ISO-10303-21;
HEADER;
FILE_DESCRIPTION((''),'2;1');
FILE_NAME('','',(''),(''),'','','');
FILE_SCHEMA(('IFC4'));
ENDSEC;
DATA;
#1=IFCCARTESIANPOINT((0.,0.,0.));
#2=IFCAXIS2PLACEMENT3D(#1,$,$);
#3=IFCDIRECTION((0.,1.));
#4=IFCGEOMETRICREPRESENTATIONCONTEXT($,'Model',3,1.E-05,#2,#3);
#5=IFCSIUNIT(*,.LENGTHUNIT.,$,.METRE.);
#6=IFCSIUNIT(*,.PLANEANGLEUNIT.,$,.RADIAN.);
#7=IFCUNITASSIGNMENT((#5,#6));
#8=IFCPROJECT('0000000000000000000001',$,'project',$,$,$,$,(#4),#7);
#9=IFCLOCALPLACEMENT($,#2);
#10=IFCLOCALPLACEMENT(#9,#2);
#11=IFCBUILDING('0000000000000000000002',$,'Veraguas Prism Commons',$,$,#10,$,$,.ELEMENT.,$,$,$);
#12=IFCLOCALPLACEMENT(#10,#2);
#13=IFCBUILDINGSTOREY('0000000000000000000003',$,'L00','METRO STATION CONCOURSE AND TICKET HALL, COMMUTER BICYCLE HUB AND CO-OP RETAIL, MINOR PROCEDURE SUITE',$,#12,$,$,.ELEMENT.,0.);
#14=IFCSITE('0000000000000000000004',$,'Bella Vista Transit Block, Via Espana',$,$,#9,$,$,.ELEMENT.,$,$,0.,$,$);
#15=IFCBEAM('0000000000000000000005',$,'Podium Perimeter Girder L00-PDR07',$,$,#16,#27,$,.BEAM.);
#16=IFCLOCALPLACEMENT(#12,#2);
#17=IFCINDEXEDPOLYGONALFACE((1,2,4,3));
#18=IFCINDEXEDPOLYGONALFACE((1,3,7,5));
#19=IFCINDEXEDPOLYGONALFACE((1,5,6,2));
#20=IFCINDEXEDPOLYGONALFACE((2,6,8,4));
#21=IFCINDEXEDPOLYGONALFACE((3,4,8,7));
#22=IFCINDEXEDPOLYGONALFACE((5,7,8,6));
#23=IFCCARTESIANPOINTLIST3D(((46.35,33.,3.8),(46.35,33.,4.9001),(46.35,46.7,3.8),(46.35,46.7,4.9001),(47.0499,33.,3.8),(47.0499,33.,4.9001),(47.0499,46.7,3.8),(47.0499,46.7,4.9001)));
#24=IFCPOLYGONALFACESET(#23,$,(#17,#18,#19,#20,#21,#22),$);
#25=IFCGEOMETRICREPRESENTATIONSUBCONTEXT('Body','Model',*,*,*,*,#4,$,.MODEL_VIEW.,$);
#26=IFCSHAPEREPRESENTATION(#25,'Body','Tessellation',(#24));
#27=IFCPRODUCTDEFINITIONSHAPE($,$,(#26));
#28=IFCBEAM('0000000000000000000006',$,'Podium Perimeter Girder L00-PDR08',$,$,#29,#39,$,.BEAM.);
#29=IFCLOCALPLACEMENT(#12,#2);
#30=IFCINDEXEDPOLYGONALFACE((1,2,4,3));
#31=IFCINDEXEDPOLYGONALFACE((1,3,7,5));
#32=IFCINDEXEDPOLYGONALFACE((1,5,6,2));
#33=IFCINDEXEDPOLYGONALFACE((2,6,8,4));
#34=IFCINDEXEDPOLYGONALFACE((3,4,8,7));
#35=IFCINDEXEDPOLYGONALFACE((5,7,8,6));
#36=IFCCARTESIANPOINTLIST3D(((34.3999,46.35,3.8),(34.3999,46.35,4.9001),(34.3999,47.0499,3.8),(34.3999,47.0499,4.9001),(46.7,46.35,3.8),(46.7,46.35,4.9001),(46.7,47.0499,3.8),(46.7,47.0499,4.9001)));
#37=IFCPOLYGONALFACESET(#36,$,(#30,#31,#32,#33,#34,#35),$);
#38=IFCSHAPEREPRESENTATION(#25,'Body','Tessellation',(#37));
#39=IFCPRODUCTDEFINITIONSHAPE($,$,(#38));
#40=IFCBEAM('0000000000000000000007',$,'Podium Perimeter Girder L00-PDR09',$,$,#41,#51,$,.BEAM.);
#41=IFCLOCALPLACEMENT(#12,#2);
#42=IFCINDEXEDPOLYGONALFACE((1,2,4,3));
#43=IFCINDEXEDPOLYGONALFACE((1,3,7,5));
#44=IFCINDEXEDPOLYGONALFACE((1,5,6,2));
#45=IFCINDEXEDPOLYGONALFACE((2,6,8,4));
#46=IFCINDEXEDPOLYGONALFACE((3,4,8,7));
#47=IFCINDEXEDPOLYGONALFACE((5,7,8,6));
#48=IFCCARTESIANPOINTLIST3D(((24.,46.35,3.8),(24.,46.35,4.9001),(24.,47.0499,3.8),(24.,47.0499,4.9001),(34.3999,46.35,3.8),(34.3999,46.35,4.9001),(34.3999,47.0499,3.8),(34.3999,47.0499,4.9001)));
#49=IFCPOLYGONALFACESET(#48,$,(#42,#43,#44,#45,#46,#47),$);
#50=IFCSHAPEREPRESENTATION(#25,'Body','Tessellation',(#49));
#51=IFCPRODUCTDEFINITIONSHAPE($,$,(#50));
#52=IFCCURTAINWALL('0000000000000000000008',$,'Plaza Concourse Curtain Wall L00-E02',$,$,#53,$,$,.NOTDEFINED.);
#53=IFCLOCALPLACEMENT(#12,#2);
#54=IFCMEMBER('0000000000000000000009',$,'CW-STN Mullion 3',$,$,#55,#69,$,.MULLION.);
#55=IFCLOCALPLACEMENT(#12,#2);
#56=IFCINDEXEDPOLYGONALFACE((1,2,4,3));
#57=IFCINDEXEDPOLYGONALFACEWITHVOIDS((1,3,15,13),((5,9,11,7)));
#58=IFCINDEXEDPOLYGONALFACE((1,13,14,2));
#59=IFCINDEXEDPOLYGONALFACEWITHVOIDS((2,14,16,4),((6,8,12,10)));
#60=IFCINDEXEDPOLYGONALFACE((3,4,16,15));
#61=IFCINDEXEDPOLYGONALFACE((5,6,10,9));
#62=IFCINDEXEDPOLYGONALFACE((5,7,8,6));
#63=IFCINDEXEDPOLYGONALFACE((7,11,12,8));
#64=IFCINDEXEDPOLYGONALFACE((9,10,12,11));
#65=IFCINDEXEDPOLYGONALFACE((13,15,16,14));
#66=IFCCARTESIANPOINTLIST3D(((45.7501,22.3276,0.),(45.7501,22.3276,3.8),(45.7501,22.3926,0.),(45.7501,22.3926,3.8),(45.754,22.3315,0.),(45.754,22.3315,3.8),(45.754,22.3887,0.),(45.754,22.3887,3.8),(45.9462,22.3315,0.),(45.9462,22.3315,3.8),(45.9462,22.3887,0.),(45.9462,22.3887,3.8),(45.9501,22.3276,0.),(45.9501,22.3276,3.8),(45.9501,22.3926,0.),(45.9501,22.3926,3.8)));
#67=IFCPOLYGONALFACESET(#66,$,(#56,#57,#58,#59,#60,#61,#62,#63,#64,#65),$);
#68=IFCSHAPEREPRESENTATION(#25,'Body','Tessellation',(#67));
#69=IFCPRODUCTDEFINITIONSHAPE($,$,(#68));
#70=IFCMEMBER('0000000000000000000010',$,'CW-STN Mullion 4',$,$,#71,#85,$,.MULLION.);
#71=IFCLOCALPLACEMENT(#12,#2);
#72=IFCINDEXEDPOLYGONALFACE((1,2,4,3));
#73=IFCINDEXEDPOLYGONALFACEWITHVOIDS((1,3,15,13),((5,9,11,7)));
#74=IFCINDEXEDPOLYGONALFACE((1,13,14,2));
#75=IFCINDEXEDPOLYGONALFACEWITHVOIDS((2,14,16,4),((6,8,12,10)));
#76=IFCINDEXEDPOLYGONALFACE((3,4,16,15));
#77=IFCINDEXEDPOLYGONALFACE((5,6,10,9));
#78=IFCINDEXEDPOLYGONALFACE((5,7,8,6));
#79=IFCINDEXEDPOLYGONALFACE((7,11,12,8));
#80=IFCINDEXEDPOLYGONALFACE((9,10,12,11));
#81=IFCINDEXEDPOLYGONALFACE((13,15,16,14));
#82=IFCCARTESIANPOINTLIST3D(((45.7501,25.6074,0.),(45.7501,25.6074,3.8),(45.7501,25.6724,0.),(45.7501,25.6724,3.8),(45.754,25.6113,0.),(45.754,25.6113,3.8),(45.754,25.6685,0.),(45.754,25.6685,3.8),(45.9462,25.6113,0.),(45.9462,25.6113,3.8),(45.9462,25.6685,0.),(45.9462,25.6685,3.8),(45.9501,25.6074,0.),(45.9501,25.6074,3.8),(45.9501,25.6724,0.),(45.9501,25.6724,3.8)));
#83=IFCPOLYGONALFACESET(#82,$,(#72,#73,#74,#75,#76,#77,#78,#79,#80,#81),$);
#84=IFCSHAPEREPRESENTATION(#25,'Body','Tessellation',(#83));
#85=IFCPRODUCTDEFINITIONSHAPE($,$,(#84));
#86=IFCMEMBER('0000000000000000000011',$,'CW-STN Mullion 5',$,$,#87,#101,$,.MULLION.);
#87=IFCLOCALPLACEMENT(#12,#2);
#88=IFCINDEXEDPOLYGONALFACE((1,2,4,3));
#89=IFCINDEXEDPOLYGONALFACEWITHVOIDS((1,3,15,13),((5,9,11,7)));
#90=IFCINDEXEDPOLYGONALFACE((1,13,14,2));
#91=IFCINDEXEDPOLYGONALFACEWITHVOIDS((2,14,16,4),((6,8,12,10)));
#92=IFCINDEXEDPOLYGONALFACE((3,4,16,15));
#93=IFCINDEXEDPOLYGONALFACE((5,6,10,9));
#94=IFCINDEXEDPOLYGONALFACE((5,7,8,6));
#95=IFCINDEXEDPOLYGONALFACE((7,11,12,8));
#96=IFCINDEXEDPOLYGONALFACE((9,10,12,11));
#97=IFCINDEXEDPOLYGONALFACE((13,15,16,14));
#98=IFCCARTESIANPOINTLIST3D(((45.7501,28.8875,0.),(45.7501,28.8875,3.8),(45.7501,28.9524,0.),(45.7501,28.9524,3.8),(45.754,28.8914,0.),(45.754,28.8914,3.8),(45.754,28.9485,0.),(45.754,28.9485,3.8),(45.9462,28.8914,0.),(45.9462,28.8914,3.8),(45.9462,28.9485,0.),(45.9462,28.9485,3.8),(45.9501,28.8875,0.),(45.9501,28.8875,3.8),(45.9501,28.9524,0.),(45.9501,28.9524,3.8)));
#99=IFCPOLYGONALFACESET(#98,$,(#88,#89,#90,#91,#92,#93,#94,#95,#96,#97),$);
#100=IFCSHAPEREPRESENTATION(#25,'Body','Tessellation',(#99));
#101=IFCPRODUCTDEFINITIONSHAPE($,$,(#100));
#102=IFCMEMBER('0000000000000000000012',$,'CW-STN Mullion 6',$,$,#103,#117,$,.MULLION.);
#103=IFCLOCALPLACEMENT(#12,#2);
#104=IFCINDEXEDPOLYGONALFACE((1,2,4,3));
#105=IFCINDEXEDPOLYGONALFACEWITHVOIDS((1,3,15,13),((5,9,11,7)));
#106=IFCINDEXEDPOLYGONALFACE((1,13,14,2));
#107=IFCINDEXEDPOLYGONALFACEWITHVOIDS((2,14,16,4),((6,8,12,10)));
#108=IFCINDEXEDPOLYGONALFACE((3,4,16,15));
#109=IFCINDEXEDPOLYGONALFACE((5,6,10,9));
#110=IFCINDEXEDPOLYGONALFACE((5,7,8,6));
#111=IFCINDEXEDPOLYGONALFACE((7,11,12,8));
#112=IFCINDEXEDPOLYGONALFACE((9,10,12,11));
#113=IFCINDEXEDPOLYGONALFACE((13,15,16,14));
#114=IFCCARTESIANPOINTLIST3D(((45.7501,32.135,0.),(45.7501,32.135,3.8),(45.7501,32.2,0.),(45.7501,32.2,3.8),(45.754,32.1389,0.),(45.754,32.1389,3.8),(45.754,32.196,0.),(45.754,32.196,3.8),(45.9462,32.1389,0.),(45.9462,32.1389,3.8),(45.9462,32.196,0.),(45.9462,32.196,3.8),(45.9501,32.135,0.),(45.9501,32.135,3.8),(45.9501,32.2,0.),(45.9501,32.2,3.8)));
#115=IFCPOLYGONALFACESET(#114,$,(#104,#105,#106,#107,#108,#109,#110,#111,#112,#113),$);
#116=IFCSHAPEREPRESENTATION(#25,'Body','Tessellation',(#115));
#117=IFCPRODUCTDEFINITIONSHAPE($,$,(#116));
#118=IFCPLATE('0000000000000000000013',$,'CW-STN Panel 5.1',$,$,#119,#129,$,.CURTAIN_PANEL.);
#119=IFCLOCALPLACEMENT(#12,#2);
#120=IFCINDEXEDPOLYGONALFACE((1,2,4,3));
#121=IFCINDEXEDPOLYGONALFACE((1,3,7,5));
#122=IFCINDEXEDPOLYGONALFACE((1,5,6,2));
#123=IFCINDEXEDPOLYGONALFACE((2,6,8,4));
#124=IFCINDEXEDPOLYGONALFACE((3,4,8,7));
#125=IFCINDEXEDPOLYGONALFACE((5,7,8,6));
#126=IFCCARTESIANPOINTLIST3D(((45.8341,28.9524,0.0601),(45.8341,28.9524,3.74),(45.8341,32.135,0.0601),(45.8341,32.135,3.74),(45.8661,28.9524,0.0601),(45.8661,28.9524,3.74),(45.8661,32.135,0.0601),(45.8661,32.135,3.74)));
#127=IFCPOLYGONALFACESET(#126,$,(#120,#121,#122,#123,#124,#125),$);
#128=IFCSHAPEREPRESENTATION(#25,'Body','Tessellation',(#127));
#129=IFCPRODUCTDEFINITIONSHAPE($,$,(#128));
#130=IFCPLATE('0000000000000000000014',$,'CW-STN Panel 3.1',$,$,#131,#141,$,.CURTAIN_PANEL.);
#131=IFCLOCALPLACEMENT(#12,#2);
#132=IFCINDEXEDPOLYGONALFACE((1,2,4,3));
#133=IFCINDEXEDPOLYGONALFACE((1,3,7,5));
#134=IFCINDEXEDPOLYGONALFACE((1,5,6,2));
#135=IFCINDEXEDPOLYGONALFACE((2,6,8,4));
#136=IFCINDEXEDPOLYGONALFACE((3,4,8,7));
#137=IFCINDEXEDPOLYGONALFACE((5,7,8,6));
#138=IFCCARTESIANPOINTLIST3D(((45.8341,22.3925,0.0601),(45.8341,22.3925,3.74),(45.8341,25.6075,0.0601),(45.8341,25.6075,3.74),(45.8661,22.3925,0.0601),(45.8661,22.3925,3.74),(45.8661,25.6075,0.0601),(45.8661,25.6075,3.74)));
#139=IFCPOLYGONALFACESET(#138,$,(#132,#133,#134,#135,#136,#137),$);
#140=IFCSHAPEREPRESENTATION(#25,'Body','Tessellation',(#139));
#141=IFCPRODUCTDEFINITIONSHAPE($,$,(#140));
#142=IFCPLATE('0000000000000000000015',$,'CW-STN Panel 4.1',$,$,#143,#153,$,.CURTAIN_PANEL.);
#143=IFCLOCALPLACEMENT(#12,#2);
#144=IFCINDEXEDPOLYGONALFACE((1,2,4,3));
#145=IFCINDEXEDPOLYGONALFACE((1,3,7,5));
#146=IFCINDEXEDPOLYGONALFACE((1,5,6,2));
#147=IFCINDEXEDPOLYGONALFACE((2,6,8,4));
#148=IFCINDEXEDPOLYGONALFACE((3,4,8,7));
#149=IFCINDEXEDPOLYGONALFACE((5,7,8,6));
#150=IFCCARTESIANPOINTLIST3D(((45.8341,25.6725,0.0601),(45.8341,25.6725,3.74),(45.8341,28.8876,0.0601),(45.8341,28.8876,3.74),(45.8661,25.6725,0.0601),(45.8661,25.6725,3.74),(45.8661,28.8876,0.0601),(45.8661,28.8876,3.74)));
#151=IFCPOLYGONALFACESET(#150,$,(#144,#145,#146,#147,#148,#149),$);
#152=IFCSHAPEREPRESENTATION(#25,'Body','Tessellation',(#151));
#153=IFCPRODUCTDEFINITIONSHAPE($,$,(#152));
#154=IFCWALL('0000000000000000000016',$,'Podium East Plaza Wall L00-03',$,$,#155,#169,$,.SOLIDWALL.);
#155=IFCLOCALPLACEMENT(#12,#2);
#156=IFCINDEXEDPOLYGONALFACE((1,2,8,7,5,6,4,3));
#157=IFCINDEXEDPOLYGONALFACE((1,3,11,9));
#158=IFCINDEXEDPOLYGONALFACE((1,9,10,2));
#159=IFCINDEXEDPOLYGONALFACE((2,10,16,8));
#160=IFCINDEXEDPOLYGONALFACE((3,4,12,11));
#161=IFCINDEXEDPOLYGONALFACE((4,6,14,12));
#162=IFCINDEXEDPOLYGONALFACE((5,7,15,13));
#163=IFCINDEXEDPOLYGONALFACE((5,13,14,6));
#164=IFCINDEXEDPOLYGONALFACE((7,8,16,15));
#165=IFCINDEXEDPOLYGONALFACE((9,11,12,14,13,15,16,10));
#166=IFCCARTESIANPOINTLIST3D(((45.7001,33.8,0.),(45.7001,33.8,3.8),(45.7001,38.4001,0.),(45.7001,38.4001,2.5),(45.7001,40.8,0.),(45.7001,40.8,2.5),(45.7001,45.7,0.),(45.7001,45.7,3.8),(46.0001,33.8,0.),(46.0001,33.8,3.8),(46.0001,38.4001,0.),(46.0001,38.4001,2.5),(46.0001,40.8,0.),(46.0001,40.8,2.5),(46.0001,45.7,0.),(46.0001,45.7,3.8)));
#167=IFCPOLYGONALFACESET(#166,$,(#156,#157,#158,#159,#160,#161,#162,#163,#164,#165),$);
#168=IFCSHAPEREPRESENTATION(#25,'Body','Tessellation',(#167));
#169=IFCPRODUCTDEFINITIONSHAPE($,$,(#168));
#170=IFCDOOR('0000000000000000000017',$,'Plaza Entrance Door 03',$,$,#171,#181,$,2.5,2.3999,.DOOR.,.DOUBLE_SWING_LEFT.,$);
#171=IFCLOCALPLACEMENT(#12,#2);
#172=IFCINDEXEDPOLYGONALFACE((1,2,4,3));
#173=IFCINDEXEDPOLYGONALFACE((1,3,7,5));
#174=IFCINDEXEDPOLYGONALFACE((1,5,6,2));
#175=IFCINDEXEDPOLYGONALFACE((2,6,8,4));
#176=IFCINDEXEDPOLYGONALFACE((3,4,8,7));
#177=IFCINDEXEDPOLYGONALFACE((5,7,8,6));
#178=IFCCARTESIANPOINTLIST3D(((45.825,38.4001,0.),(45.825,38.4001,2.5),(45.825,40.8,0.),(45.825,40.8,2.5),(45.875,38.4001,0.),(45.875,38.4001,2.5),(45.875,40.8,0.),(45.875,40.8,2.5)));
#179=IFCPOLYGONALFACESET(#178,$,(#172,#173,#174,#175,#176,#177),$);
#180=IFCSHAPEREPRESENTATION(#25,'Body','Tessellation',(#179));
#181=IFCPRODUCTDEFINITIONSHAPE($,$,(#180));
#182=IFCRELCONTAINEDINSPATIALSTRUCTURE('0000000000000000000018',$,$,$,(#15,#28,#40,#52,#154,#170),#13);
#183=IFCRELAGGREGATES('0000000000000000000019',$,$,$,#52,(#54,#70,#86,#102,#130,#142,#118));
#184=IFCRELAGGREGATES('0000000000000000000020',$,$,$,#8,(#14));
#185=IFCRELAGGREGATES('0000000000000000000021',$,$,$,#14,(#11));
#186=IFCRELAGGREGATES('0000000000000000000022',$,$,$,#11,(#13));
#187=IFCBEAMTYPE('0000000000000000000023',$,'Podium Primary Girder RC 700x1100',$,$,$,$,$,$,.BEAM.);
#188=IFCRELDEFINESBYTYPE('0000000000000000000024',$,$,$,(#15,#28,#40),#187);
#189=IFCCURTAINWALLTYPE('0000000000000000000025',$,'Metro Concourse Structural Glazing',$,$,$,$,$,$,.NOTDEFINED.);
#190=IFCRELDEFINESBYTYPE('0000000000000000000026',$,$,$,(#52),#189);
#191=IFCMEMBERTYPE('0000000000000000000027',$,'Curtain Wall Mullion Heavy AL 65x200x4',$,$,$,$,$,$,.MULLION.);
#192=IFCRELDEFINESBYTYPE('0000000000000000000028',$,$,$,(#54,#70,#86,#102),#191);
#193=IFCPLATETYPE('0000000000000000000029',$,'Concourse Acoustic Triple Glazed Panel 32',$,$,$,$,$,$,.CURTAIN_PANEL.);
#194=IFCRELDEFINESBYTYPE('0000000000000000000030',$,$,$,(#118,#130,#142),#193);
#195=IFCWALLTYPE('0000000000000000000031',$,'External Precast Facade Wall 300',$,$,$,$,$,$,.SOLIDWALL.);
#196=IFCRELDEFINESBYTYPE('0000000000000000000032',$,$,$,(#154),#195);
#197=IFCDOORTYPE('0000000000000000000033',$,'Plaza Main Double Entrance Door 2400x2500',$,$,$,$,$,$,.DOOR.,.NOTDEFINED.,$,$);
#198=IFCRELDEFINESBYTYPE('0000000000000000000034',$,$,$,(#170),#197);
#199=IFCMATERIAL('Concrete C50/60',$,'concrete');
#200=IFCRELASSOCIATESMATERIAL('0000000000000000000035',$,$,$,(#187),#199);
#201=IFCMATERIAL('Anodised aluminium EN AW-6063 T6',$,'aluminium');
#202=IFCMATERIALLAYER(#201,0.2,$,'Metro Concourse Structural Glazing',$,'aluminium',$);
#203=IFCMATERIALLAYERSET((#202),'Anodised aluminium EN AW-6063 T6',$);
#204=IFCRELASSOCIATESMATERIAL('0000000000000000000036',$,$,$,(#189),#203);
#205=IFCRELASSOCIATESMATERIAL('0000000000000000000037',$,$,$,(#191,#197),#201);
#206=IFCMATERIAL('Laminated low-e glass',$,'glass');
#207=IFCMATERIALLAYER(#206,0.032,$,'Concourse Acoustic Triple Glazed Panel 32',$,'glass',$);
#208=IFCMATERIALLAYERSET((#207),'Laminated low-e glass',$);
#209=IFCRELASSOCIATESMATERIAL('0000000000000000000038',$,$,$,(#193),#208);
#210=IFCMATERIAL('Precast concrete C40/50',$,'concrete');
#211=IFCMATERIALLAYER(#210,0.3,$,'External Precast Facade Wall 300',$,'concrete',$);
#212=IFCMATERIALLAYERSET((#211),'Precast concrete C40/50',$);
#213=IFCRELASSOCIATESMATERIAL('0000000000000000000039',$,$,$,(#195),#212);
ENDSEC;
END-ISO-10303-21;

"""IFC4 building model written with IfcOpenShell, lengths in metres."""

from ifc_helpers import new_model, si_unit, direction, frame, frame_2d, origin, origin_2d, place, context, subcontext, project, spatial, rectangle, hollow_rectangle, extrude, source, transform, mapped, material, layer, layer_set, material_profile, profile_set, type_object, element, fill, aggregate, save


model = new_model("IFC4")

# Units and contexts
model_context = context("Model", 3, precision=1e-05, world=origin(), true_north=direction((0.0, 1.0)))
body_context = subcontext(model_context, "Body", "Model", "MODEL_VIEW")
ifc_project = project(units=[si_unit("LENGTHUNIT", "METRE"), si_unit("PLANEANGLEUNIT", "RADIAN")], contexts=[model_context])

# Site, building, storey
site_placement = place(None, origin())
site = spatial("IfcSite", under=ifc_project, at=site_placement, Name="Bella Vista Transit Block, Via Espana", CompositionType="ELEMENT", RefElevation=0.0)
building_placement = place(site_placement, origin())
building = spatial("IfcBuilding", under=site, at=building_placement, Name="Veraguas Prism Commons", CompositionType="ELEMENT")
storey_placement = place(building_placement, origin())
storey = spatial("IfcBuildingStorey", under=building, at=storey_placement, Name="L00", Description="METRO STATION CONCOURSE AND TICKET HALL, COMMUTER BICYCLE HUB AND CO-OP RETAIL, MINOR PROCEDURE SUITE", CompositionType="ELEMENT", Elevation=0.0)

# Beams
ifc_material_1 = material(Name="Concrete C50/60", Category="concrete")
ifc_material_profile_1 = material_profile(ifc_material_1, rectangle(XDim=0.7, YDim=1.1001, at=origin_2d()), Name="RC700X1100")
ifc_profile_set_1 = profile_set([ifc_material_profile_1], Name="Concrete C50/60")
beam_type_1 = type_object("IfcBeamType", Name="Podium Primary Girder RC 700x1100", PredefinedType="BEAM", material=ifc_profile_set_1)
beam_1_placement = place(storey_placement, frame((46.7, 33.0, 4.3501), z_axis=(0.0, 1.0, 0.0), x_axis=(-1.0, 0.0, 0.0)))
element("IfcBeam", 1, at=beam_1_placement, inside=storey, type_object=beam_type_1, Name="Podium Perimeter Girder L00-PDR07", PredefinedType="BEAM", context=body_context, shape_type="SweptSolid", body=[
    extrude(rectangle(XDim=0.7, YDim=1.1001, at=origin_2d()), origin(), (0.0, 0.0, 1.0), 13.7),
])
beam_2_placement = place(storey_placement, frame((46.7, 46.7, 4.3501), z_axis=(-1.0, 0.0, 0.0), x_axis=(0.0, -1.0, 0.0)))
element("IfcBeam", 2, at=beam_2_placement, inside=storey, type_object=beam_type_1, Name="Podium Perimeter Girder L00-PDR08", PredefinedType="BEAM", context=body_context, shape_type="SweptSolid", body=[
    extrude(rectangle(XDim=0.7, YDim=1.1001, at=origin_2d()), origin(), (0.0, 0.0, 1.0), 12.3),
])
beam_3_placement = place(storey_placement, frame((34.3999, 46.7, 4.3501), z_axis=(-1.0, 0.0, 0.0), x_axis=(0.0, -1.0, 0.0)))
element("IfcBeam", 3, at=beam_3_placement, inside=storey, type_object=beam_type_1, Name="Podium Perimeter Girder L00-PDR09", PredefinedType="BEAM", context=body_context, shape_type="SweptSolid", body=[
    extrude(rectangle(XDim=0.7, YDim=1.1001, at=origin_2d()), origin(), (0.0, 0.0, 1.0), 10.3999),
])

# Curtain wall, members, plates
ifc_material_2 = material(Name="Anodised aluminium EN AW-6063 T6", Category="aluminium")
ifc_layer_1 = layer(ifc_material_2, 0.2, Name="Metro Concourse Structural Glazing", Category="aluminium")
ifc_layer_set_1 = layer_set([ifc_layer_1], Name="Anodised aluminium EN AW-6063 T6")
curtain_wall_type = type_object("IfcCurtainWallType", Name="Metro Concourse Structural Glazing", PredefinedType="NOTDEFINED", material=ifc_layer_set_1)
curtain_wall_placement = place(storey_placement, origin())
curtain_wall = element("IfcCurtainWall", 4, at=curtain_wall_placement, inside=storey, type_object=curtain_wall_type, Name="Plaza Concourse Curtain Wall L00-E02", PredefinedType="NOTDEFINED")
ifc_material_profile_2 = material_profile(ifc_material_2, hollow_rectangle(XDim=0.0649, YDim=0.2, WallThickness=0.0039, at=origin_2d()), Name="AL65X200X4")
ifc_profile_set_2 = profile_set([ifc_material_profile_2], Name="Anodised aluminium EN AW-6063 T6")
member_type = type_object("IfcMemberType", Name="Curtain Wall Mullion Heavy AL 65x200x4", PredefinedType="MULLION", material=ifc_profile_set_2)
shared_shape_1 = source(origin(), body_context, "Body", "SweptSolid", [
    extrude(hollow_rectangle(XDim=0.0649, YDim=0.2, WallThickness=0.0039, at=origin_2d()), origin(), (0.0, 0.0, 1.0), 3.8),
])
member_1_placement = place(storey_placement, frame((45.8501, 22.3601, 0.0), z_axis=(0.0, 0.0, 1.0), x_axis=(0.0, 1.0, 0.0)))
member_1 = element("IfcMember", 5, at=member_1_placement, type_object=member_type, Name="CW-STN Mullion 3", PredefinedType="MULLION", context=body_context, shape_type="MappedRepresentation", body=[
    mapped(shared_shape_1, transform((0.0, 0.0, 0.0), scale=1.0)),
])
member_2_placement = place(storey_placement, frame((45.8501, 25.6399, 0.0), z_axis=(0.0, 0.0, 1.0), x_axis=(0.0, 1.0, 0.0)))
member_2 = element("IfcMember", 6, at=member_2_placement, type_object=member_type, Name="CW-STN Mullion 4", PredefinedType="MULLION", context=body_context, shape_type="MappedRepresentation", body=[
    mapped(shared_shape_1, transform((0.0, 0.0, 0.0), scale=1.0)),
])
member_3_placement = place(storey_placement, frame((45.8501, 28.9199, 0.0), z_axis=(0.0, 0.0, 1.0), x_axis=(0.0, 1.0, 0.0)))
member_3 = element("IfcMember", 7, at=member_3_placement, type_object=member_type, Name="CW-STN Mullion 5", PredefinedType="MULLION", context=body_context, shape_type="MappedRepresentation", body=[
    mapped(shared_shape_1, transform((0.0, 0.0, 0.0), scale=1.0)),
])
member_4_placement = place(storey_placement, frame((45.8501, 32.1675, 0.0), z_axis=(0.0, 0.0, 1.0), x_axis=(0.0, 1.0, 0.0)))
member_4 = element("IfcMember", 8, at=member_4_placement, type_object=member_type, Name="CW-STN Mullion 6", PredefinedType="MULLION", context=body_context, shape_type="MappedRepresentation", body=[
    mapped(shared_shape_1, transform((0.0, 0.0, 0.0), scale=1.0)),
])
ifc_material_3 = material(Name="Laminated low-e glass", Category="glass")
ifc_layer_2 = layer(ifc_material_3, 0.032, Name="Concourse Acoustic Triple Glazed Panel 32", Category="glass")
ifc_layer_set_2 = layer_set([ifc_layer_2], Name="Laminated low-e glass")
plate_type = type_object("IfcPlateType", Name="Concourse Acoustic Triple Glazed Panel 32", PredefinedType="CURTAIN_PANEL", material=ifc_layer_set_2)
shared_shape_2 = source(origin(), body_context, "Body", "SweptSolid", [
    extrude(rectangle(XDim=3.1826, YDim=0.032, at=origin_2d()), origin(), (0.0, 0.0, 1.0), 3.6799),
])
plate_1_placement = place(storey_placement, frame((45.8501, 30.5437, 0.0601), z_axis=(0.0, 0.0, 1.0), x_axis=(0.0, 1.0, 0.0)))
plate_1 = element("IfcPlate", 9, at=plate_1_placement, type_object=plate_type, Name="CW-STN Panel 5.1", PredefinedType="CURTAIN_PANEL", context=body_context, shape_type="MappedRepresentation", body=[
    mapped(shared_shape_2, transform((0.0, 0.0, 0.0), scale=1.0)),
])
shared_shape_3 = source(origin(), body_context, "Body", "SweptSolid", [
    extrude(rectangle(XDim=3.2151, YDim=0.032, at=origin_2d()), origin(), (0.0, 0.0, 1.0), 3.6799),
])
plate_2_placement = place(storey_placement, frame((45.8501, 24.0, 0.0601), z_axis=(0.0, 0.0, 1.0), x_axis=(0.0, 1.0, 0.0)))
plate_2 = element("IfcPlate", 10, at=plate_2_placement, type_object=plate_type, Name="CW-STN Panel 3.1", PredefinedType="CURTAIN_PANEL", context=body_context, shape_type="MappedRepresentation", body=[
    mapped(shared_shape_3, transform((0.0, 0.0, 0.0), scale=1.0)),
])
plate_3_placement = place(storey_placement, frame((45.8501, 27.28, 0.0601), z_axis=(0.0, 0.0, 1.0), x_axis=(0.0, 1.0, 0.0)))
plate_3 = element("IfcPlate", 11, at=plate_3_placement, type_object=plate_type, Name="CW-STN Panel 4.1", PredefinedType="CURTAIN_PANEL", context=body_context, shape_type="MappedRepresentation", body=[
    mapped(shared_shape_3, transform((0.0, 0.0, 0.0), scale=1.0)),
])
aggregate(curtain_wall, [member_1, member_2, member_3, member_4, plate_2, plate_3, plate_1])

# Wall, opening, door
ifc_material_4 = material(Name="Precast concrete C40/50", Category="concrete")
ifc_layer_3 = layer(ifc_material_4, 0.3, Name="External Precast Facade Wall 300", Category="concrete")
ifc_layer_set_3 = layer_set([ifc_layer_3], Name="Precast concrete C40/50")
wall_type_1 = type_object("IfcWallType", Name="External Precast Facade Wall 300", PredefinedType="SOLIDWALL", material=ifc_layer_set_3)
wall_1_placement = place(storey_placement, frame((45.8501, 33.8, 0.0), z_axis=(0.0, 0.0, 1.0), x_axis=(0.0, 1.0, 0.0)))
wall_1 = element("IfcWall", 12, at=wall_1_placement, inside=storey, type_object=wall_type_1, Name="Podium East Plaza Wall L00-03", PredefinedType="SOLIDWALL", context=body_context, shape_type="SweptSolid", body=[
    extrude(rectangle(XDim=11.8999, YDim=0.3, at=frame_2d((5.95, 0.0))), origin(), (0.0, 0.0, 1.0), 3.8),
])
opening_1_placement = place(wall_1_placement, frame((4.6001, 0.0, 0.0)))
opening_1 = element("IfcOpeningElement", 13, at=opening_1_placement, cuts=wall_1, PredefinedType="OPENING", context=body_context, shape_type="SweptSolid", body=[
    extrude(rectangle(XDim=2.3999, YDim=2.5, at=frame_2d((1.2, 1.25))), frame((0.0, 0.1599, 0.0), z_axis=(0.0, -1.0, 0.0), x_axis=(1.0, 0.0, 0.0)), (0.0, 0.0, 1.0), 0.3201),
])
door_type_1 = type_object("IfcDoorType", Name="Plaza Main Double Entrance Door 2400x2500", OperationType="NOTDEFINED", PredefinedType="DOOR", material=ifc_material_2)
shared_shape_4 = source(origin(), body_context, "Body", "SweptSolid", [
    extrude(rectangle(XDim=2.3999, YDim=2.5, at=frame_2d((1.2, 1.25))), frame((0.0, 0.0249, 0.0), z_axis=(0.0, -1.0, 0.0), x_axis=(1.0, 0.0, 0.0)), (0.0, 0.0, 1.0), 0.05),
])
door_1_placement = place(opening_1_placement, frame((2.3999, 0.0, 0.0), z_axis=(0.0, 0.0, 1.0), x_axis=(-1.0, 0.0, 0.0)))
door_1 = element("IfcDoor", 14, at=door_1_placement, inside=storey, type_object=door_type_1, Name="Plaza Entrance Door 03", OperationType="DOUBLE_SWING_LEFT", OverallHeight=2.5, OverallWidth=2.3999, PredefinedType="DOOR", context=body_context, shape_type="MappedRepresentation", body=[
    mapped(shared_shape_4, transform((0.0, 0.0, 0.0), scale=1.0)),
])
fill(opening_1, door_1)

save(model, "model.ifc")
